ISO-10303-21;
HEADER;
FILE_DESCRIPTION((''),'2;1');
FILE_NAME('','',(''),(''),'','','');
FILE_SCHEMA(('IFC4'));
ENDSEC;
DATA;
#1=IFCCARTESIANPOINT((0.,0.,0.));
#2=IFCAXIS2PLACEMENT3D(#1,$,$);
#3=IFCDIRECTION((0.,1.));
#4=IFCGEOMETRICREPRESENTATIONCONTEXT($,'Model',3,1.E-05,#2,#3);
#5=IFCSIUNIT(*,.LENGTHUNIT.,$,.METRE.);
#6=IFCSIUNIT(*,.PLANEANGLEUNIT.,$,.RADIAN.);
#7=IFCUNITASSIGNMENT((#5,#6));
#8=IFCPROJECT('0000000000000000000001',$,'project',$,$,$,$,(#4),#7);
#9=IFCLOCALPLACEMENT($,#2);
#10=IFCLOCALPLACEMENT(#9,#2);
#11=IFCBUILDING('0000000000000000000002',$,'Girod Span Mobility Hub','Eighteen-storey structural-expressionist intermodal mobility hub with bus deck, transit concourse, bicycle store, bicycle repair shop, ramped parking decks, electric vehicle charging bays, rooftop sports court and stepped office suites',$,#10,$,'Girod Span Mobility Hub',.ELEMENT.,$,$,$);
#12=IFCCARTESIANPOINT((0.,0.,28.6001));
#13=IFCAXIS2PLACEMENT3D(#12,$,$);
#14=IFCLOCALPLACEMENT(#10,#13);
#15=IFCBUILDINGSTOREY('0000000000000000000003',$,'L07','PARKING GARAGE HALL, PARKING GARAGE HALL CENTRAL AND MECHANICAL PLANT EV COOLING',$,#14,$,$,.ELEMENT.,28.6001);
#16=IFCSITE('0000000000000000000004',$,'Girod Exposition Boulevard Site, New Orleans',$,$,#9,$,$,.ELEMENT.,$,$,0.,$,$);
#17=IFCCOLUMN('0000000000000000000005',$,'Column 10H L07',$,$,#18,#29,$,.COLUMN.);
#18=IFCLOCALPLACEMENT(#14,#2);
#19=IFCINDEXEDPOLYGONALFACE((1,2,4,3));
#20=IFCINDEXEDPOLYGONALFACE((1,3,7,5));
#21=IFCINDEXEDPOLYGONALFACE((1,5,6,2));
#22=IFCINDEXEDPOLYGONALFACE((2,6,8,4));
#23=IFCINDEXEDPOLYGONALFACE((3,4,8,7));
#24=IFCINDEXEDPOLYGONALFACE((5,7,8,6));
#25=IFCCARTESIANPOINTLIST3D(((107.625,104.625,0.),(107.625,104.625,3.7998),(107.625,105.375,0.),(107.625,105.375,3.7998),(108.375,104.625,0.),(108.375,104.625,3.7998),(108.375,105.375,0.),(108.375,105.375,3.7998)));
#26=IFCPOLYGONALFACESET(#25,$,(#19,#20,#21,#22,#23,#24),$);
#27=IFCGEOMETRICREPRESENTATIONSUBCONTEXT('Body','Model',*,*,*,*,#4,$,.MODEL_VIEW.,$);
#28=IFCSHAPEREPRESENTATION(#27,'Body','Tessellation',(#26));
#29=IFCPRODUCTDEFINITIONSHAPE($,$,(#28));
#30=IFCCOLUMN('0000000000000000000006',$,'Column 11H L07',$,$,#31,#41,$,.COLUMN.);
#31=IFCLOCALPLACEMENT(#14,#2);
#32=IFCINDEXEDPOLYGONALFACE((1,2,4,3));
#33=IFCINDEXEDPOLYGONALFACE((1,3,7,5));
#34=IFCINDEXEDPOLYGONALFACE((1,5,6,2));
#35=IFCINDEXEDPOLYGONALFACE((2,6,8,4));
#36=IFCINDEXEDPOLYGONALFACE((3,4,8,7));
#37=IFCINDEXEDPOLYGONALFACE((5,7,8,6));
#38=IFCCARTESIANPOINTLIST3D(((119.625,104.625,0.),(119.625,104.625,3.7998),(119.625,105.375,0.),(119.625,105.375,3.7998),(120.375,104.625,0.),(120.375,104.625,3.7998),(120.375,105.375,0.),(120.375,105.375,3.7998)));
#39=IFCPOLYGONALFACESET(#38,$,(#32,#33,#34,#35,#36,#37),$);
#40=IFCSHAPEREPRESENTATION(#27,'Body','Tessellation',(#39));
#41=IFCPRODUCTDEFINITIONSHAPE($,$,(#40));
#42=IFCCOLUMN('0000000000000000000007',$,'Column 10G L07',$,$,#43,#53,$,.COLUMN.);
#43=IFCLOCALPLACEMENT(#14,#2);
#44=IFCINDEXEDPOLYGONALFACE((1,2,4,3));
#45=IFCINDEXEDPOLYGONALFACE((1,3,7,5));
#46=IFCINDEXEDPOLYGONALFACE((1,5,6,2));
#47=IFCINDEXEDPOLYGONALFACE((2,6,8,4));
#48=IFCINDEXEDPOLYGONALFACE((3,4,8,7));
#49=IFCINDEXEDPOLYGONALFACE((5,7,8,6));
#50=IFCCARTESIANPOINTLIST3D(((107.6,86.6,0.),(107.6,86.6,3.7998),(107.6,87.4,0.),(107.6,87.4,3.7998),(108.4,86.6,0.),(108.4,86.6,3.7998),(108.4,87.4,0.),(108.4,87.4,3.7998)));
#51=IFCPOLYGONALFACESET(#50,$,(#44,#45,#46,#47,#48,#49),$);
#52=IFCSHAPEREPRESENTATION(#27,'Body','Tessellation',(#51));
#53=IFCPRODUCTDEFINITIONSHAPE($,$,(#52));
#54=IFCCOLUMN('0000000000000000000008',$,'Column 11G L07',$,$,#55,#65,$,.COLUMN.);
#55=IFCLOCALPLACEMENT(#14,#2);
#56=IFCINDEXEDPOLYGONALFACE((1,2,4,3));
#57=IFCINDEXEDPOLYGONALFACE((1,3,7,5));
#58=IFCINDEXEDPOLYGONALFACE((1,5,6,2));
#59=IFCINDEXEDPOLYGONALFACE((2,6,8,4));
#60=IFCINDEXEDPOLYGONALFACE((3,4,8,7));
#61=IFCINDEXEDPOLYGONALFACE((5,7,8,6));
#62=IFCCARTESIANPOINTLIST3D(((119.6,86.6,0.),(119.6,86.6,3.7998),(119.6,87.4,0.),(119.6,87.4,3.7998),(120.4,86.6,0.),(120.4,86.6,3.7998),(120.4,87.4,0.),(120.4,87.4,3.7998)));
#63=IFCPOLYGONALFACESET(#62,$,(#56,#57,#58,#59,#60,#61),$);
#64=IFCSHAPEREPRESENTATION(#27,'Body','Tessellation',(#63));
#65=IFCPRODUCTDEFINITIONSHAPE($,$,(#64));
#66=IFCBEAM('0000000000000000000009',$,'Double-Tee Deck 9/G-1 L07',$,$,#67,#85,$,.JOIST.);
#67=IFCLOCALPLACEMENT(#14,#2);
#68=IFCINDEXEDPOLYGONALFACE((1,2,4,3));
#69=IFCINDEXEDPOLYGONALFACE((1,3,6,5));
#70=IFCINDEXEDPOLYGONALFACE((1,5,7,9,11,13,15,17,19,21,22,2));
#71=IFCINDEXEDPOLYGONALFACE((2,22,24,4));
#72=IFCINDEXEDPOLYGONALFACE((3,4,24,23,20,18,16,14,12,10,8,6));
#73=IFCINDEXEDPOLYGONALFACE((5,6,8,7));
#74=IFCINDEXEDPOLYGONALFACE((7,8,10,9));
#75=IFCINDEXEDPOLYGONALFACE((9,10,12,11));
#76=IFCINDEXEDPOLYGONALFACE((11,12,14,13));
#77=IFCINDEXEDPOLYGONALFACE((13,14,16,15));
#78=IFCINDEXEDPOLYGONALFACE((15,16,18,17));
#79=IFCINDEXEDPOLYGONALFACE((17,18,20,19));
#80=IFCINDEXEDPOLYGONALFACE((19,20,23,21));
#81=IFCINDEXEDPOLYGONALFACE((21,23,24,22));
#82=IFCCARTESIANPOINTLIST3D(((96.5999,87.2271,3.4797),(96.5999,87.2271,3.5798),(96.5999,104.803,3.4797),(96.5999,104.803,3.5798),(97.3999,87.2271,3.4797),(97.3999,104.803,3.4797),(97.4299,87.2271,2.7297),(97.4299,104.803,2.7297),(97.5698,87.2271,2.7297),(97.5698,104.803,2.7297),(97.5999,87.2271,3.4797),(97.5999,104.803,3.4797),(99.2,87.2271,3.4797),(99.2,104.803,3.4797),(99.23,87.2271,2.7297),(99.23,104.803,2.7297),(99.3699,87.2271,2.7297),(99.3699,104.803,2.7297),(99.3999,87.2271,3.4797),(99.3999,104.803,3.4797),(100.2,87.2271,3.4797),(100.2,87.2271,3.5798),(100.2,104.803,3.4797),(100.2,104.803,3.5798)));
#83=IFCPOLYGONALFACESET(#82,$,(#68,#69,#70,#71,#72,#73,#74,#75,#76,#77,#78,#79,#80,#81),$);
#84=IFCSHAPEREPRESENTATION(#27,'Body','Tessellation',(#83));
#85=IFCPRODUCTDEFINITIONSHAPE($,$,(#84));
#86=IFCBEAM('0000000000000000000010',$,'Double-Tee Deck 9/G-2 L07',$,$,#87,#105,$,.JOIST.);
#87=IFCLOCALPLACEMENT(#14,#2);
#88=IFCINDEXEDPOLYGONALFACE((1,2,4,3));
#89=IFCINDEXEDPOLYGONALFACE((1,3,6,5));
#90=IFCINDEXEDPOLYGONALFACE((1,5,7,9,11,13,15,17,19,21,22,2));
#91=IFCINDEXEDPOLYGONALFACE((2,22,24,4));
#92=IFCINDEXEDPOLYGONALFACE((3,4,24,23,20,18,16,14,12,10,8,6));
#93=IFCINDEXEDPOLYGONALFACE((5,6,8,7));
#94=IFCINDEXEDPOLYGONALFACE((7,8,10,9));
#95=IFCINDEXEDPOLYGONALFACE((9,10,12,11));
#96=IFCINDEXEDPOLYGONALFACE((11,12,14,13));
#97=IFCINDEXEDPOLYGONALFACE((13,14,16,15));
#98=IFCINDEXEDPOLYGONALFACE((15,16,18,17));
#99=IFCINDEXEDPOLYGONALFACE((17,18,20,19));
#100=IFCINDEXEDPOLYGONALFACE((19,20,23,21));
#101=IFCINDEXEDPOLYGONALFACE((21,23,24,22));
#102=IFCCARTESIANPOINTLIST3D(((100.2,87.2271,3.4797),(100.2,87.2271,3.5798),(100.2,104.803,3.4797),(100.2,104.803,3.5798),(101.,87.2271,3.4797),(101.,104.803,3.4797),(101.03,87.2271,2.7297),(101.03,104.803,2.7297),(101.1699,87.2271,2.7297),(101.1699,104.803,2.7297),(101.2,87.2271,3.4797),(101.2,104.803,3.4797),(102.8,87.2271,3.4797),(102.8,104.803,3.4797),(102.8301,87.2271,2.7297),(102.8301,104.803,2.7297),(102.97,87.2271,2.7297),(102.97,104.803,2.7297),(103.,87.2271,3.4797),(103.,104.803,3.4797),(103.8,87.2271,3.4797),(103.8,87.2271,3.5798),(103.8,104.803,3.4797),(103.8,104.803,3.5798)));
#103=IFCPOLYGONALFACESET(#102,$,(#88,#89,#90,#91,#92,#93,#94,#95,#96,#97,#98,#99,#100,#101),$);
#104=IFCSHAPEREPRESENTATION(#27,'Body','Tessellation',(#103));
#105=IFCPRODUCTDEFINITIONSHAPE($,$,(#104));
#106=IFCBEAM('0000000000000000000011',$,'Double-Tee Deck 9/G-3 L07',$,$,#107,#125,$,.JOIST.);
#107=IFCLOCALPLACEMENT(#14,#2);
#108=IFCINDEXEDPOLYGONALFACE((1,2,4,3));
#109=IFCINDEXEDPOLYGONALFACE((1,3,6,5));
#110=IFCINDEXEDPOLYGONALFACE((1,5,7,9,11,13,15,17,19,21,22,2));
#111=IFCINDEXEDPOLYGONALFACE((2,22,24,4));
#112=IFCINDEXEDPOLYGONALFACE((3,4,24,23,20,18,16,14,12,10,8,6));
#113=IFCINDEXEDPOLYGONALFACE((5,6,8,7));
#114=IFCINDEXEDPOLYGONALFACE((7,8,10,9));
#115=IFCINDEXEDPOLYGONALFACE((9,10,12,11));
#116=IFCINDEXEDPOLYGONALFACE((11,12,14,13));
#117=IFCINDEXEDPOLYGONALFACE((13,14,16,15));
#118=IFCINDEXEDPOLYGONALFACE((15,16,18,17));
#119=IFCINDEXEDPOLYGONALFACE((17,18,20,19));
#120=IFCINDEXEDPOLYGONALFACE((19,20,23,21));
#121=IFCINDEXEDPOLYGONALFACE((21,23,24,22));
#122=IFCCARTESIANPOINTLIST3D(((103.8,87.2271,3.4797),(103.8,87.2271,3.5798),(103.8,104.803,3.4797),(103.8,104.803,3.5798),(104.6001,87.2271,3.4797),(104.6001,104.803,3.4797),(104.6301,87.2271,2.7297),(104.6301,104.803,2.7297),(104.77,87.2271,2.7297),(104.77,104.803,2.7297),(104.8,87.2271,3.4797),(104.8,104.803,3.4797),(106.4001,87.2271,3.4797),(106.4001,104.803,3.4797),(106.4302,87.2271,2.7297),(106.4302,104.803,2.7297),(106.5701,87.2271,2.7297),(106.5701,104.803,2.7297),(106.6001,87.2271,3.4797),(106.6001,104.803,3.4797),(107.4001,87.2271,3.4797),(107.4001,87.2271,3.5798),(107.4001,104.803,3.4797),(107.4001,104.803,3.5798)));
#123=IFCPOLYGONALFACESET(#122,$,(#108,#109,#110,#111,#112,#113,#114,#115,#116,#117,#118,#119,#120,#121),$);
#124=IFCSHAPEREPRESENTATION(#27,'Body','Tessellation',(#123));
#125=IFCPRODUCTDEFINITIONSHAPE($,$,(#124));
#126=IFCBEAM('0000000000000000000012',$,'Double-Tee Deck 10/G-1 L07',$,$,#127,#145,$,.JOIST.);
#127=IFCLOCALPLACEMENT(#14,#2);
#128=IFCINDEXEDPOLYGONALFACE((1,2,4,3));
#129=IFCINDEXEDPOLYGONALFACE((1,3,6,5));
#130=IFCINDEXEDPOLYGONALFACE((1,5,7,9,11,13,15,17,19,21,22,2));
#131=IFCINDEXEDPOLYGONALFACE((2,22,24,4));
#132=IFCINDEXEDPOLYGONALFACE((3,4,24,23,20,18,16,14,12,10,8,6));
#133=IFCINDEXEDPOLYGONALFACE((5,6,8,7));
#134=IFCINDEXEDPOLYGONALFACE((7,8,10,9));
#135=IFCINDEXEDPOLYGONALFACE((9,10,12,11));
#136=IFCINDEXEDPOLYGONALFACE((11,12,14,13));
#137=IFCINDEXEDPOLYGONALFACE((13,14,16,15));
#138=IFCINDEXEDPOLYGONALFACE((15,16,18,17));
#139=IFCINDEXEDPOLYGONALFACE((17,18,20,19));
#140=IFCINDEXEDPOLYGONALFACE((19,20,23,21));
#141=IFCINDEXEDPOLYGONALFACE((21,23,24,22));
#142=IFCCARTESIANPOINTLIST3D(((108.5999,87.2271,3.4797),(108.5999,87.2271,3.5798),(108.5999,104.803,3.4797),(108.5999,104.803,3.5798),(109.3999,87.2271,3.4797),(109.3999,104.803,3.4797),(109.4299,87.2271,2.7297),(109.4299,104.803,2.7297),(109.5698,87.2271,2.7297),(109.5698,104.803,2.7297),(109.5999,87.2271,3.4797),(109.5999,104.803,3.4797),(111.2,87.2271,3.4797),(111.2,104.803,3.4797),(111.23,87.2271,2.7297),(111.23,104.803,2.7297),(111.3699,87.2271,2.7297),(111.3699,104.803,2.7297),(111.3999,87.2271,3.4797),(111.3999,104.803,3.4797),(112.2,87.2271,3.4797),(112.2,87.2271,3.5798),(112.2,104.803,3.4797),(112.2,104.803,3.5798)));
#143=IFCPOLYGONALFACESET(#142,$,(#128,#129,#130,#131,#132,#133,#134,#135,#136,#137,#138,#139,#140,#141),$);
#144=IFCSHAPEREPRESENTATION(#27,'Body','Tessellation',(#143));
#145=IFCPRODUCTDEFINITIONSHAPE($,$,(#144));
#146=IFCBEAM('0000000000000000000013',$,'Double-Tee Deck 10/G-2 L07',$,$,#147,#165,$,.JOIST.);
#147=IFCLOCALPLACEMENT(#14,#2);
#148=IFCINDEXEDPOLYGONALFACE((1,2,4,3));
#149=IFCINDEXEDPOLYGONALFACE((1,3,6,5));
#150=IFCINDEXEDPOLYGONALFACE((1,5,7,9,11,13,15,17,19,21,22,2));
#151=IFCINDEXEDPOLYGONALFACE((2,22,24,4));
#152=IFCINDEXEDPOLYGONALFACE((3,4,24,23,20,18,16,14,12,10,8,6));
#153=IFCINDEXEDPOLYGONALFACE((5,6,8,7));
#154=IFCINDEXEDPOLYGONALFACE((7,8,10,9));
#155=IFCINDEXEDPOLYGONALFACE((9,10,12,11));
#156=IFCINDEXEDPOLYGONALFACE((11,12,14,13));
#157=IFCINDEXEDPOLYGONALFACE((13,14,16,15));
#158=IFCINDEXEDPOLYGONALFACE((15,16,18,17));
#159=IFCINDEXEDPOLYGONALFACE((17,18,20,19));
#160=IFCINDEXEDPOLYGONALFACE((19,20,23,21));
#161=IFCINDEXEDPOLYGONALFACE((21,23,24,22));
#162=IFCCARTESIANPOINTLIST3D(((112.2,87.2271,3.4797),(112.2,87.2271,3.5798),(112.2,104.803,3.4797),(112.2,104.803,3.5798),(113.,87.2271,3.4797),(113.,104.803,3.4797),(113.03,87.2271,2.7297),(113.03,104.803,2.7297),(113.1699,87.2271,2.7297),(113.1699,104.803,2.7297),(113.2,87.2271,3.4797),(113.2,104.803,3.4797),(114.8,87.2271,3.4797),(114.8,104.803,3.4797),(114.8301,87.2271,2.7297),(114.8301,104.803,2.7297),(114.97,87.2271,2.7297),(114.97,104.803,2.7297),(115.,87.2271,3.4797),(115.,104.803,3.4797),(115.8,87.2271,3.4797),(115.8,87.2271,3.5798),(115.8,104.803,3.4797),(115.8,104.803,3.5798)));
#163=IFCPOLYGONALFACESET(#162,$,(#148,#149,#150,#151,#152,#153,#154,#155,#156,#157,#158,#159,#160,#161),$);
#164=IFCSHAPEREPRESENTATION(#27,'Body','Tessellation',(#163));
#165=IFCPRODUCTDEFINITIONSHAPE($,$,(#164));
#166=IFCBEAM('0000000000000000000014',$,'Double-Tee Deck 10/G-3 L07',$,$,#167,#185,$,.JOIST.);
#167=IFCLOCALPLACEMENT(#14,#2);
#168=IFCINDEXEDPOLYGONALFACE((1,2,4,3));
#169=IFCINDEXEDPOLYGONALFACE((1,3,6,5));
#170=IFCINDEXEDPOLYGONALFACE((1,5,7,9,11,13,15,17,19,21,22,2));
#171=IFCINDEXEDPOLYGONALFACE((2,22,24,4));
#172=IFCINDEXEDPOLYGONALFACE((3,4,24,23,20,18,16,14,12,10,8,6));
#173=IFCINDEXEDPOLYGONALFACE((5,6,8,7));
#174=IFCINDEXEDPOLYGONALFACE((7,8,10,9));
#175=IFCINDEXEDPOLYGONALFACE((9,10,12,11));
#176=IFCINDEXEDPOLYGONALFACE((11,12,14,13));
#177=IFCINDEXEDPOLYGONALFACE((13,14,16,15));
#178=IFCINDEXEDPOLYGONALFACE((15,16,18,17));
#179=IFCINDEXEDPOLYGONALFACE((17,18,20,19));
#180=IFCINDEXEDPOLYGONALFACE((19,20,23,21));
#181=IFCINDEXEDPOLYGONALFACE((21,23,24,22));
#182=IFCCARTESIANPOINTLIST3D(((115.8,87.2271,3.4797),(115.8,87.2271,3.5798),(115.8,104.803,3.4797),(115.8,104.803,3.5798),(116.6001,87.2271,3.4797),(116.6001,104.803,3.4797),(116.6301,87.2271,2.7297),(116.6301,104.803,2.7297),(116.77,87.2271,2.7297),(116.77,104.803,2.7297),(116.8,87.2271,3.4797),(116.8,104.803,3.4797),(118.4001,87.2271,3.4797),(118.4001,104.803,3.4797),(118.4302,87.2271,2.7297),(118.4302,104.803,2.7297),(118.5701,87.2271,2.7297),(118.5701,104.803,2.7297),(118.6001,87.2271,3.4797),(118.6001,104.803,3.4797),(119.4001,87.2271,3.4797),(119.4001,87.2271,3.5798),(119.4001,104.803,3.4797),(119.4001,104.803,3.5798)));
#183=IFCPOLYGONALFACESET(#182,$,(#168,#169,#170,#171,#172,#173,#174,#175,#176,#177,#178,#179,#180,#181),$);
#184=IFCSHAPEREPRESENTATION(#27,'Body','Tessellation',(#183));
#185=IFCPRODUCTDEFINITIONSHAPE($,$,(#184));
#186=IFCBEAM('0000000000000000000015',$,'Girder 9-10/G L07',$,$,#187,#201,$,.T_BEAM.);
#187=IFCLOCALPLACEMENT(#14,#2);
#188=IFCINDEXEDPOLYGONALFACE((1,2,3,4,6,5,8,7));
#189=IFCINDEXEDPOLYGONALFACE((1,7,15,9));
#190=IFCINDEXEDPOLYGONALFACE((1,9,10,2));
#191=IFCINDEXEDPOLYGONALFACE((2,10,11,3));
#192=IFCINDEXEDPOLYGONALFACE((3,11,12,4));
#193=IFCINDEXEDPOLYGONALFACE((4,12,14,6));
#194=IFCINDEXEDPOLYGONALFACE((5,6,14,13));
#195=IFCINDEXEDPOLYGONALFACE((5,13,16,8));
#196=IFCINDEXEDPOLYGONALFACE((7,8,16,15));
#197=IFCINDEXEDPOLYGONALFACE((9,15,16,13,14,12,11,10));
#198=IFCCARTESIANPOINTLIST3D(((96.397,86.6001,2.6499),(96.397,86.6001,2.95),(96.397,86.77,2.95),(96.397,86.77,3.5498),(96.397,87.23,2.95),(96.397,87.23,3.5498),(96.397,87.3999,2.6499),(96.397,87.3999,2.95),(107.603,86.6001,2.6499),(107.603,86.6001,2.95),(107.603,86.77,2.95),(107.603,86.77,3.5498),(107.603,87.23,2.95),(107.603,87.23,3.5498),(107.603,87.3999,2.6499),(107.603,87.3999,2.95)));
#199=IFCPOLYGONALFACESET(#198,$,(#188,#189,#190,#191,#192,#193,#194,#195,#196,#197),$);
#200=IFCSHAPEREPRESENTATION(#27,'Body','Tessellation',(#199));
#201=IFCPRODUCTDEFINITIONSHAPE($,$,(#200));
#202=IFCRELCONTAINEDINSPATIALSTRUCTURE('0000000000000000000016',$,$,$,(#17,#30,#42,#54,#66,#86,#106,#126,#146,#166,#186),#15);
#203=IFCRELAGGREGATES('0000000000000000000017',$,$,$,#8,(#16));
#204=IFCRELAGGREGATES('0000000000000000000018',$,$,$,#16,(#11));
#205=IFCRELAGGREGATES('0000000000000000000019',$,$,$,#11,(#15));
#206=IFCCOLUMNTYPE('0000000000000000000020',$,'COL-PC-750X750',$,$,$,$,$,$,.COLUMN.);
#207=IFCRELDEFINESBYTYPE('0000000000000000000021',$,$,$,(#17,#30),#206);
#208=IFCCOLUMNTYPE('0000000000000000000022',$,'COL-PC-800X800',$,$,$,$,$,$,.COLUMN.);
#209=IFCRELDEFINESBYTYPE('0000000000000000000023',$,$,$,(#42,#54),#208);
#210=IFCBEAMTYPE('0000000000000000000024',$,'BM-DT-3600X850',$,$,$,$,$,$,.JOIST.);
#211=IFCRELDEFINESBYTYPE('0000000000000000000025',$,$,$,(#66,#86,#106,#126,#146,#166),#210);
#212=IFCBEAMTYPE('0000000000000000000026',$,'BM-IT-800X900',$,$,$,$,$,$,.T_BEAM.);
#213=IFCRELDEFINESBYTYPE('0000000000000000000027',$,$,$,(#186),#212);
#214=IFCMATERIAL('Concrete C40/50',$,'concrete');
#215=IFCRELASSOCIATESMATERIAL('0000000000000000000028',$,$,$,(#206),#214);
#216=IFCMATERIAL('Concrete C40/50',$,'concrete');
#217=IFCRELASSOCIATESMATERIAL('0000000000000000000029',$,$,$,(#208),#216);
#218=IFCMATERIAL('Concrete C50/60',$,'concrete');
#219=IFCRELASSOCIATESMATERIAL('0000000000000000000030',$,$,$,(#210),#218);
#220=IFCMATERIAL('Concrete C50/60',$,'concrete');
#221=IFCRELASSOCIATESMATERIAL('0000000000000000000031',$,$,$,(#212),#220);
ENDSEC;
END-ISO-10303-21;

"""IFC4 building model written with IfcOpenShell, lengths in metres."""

from ifc_helpers import new_model, si_unit, direction, frame, origin, origin_2d, place, context, subcontext, project, spatial, polyline, rectangle, outline, extrude, material, material_profile, profile_set, type_object, element, save


model = new_model("IFC4")

# Units and contexts
model_context = context("Model", 3, precision=1e-05, world=origin(), true_north=direction((0.0, 1.0)))
body_context = subcontext(model_context, "Body", "Model", "MODEL_VIEW")
ifc_project = project(units=[si_unit("LENGTHUNIT", "METRE"), si_unit("PLANEANGLEUNIT", "RADIAN")], contexts=[model_context])

# Site, building, storey
site_placement = place(None, origin())
site = spatial("IfcSite", under=ifc_project, at=site_placement, Name="Girod Exposition Boulevard Site, New Orleans", CompositionType="ELEMENT", RefElevation=0.0)
building_placement = place(site_placement, origin())
building = spatial("IfcBuilding", under=site, at=building_placement, Name="Girod Span Mobility Hub", Description="Eighteen-storey structural-expressionist intermodal mobility hub with bus deck, transit concourse, bicycle store, bicycle repair shop, ramped parking decks, electric vehicle charging bays, rooftop sports court and stepped office suites", LongName="Girod Span Mobility Hub", CompositionType="ELEMENT")
storey_placement = place(building_placement, frame((0.0, 0.0, 28.6001)))
storey = spatial("IfcBuildingStorey", under=building, at=storey_placement, Name="L07", Description="PARKING GARAGE HALL, PARKING GARAGE HALL CENTRAL AND MECHANICAL PLANT EV COOLING", CompositionType="ELEMENT", Elevation=28.6001)

# Columns
ifc_material_1 = material(Name="Concrete C40/50", Category="concrete")
ifc_material_profile_1 = material_profile(ifc_material_1, rectangle(XDim=0.75, YDim=0.75, at=origin_2d()), Name="PC-COL-750X750")
ifc_profile_set_1 = profile_set([ifc_material_profile_1], Name="Concrete C40/50")
column_type_1 = type_object("IfcColumnType", Name="COL-PC-750X750", PredefinedType="COLUMN", material=ifc_profile_set_1)
for number, where, z_axis, x_axis, name in (
    (1, (108.0, 105.0, 0.0), (0.0, 0.0, 1.0), (1.0, 0.0, 0.0), "Column 10H L07"),
    (2, (120.0, 105.0, 0.0), (0.0, 0.0, 1.0), (1.0, 0.0, 0.0), "Column 11H L07"),
):
    element("IfcColumn", number, at=place(storey_placement, frame(where, z_axis=z_axis, x_axis=x_axis)), inside=storey, type_object=column_type_1, Name=name, PredefinedType="COLUMN", context=body_context, shape_type="SweptSolid", body=[
        extrude(rectangle(XDim=0.75, YDim=0.75, at=origin_2d()), origin(), (0.0, 0.0, 1.0), 3.7998),
    ])
ifc_material_2 = material(Name="Concrete C40/50", Category="concrete")
ifc_material_profile_2 = material_profile(ifc_material_2, rectangle(XDim=0.8, YDim=0.8, at=origin_2d()), Name="PC-COL-800X800")
ifc_profile_set_2 = profile_set([ifc_material_profile_2], Name="Concrete C40/50")
column_type_2 = type_object("IfcColumnType", Name="COL-PC-800X800", PredefinedType="COLUMN", material=ifc_profile_set_2)
for number, where, z_axis, x_axis, name in (
    (3, (108.0, 87.0, 0.0), (0.0, 0.0, 1.0), (1.0, 0.0, 0.0), "Column 10G L07"),
    (4, (120.0, 87.0, 0.0), (0.0, 0.0, 1.0), (1.0, 0.0, 0.0), "Column 11G L07"),
):
    element("IfcColumn", number, at=place(storey_placement, frame(where, z_axis=z_axis, x_axis=x_axis)), inside=storey, type_object=column_type_2, Name=name, PredefinedType="COLUMN", context=body_context, shape_type="SweptSolid", body=[
        extrude(rectangle(XDim=0.8, YDim=0.8, at=origin_2d()), origin(), (0.0, 0.0, 1.0), 3.7998),
    ])

# Beams
ifc_material_3 = material(Name="Concrete C50/60", Category="concrete")
ifc_material_profile_3 = material_profile(ifc_material_3, outline(polyline([(-1.8, 0.425), (-1.8, 0.325), (-1.0, 0.325), (-0.97, -0.425), (-0.8301, -0.425), (-0.8, 0.325), (0.8, 0.325), (0.8301, -0.425), (0.97, -0.425), (1.0, 0.325), (1.8, 0.325), (1.8, 0.425), (-1.8, 0.425)])), Name="DT-3600X850")
ifc_profile_set_3 = profile_set([ifc_material_profile_3], Name="Concrete C50/60")
beam_type_1 = type_object("IfcBeamType", Name="BM-DT-3600X850", PredefinedType="JOIST", material=ifc_profile_set_3)
for number, where, z_axis, x_axis, name in (
    (5, (98.3999, 87.2271, 3.1548), (0.0, 1.0, 0.0), (-1.0, 0.0, 0.0), "Double-Tee Deck 9/G-1 L07"),
    (6, (102.0, 87.2271, 3.1548), (0.0, 1.0, 0.0), (-1.0, 0.0, 0.0), "Double-Tee Deck 9/G-2 L07"),
    (7, (105.6001, 87.2271, 3.1548), (0.0, 1.0, 0.0), (-1.0, 0.0, 0.0), "Double-Tee Deck 9/G-3 L07"),
    (8, (110.3999, 87.2271, 3.1548), (0.0, 1.0, 0.0), (-1.0, 0.0, 0.0), "Double-Tee Deck 10/G-1 L07"),
    (9, (114.0, 87.2271, 3.1548), (0.0, 1.0, 0.0), (-1.0, 0.0, 0.0), "Double-Tee Deck 10/G-2 L07"),
    (10, (117.6001, 87.2271, 3.1548), (0.0, 1.0, 0.0), (-1.0, 0.0, 0.0), "Double-Tee Deck 10/G-3 L07"),
):
    element("IfcBeam", number, at=place(storey_placement, frame(where, z_axis=z_axis, x_axis=x_axis)), inside=storey, type_object=beam_type_1, Name=name, PredefinedType="JOIST", context=body_context, shape_type="SweptSolid", body=[
        extrude(outline(polyline([(-1.8, 0.425), (-1.8, 0.325), (-1.0, 0.325), (-0.97, -0.425), (-0.8301, -0.425), (-0.8, 0.325), (0.8, 0.325), (0.8301, -0.425), (0.97, -0.425), (1.0, 0.325), (1.8, 0.325), (1.8, 0.425), (-1.8, 0.425)])), origin(), (0.0, 0.0, 1.0), 17.5759),
    ])
ifc_material_4 = material(Name="Concrete C50/60", Category="concrete")
ifc_material_profile_4 = material_profile(ifc_material_4, outline(polyline([(-0.3999, -0.45), (0.3999, -0.45), (0.3999, -0.1499), (0.23, -0.1499), (0.23, 0.45), (-0.23, 0.45), (-0.23, -0.1499), (-0.3999, -0.1499), (-0.3999, -0.45)])), Name="IT-800X900")
ifc_profile_set_4 = profile_set([ifc_material_profile_4], Name="Concrete C50/60")
beam_type_2 = type_object("IfcBeamType", Name="BM-IT-800X900", PredefinedType="T_BEAM", material=ifc_profile_set_4)
for number, where, z_axis, x_axis, name in (
    (11, (96.397, 87.0, 3.0999), (1.0, 0.0, 0.0), (0.0, 1.0, 0.0), "Girder 9-10/G L07"),
):
    element("IfcBeam", number, at=place(storey_placement, frame(where, z_axis=z_axis, x_axis=x_axis)), inside=storey, type_object=beam_type_2, Name=name, PredefinedType="T_BEAM", context=body_context, shape_type="SweptSolid", body=[
        extrude(outline(polyline([(-0.3999, -0.45), (0.3999, -0.45), (0.3999, -0.1499), (0.23, -0.1499), (0.23, 0.45), (-0.23, 0.45), (-0.23, -0.1499), (-0.3999, -0.1499), (-0.3999, -0.45)])), origin(), (0.0, 0.0, 1.0), 11.2061),
    ])

save(model, "model.ifc")
